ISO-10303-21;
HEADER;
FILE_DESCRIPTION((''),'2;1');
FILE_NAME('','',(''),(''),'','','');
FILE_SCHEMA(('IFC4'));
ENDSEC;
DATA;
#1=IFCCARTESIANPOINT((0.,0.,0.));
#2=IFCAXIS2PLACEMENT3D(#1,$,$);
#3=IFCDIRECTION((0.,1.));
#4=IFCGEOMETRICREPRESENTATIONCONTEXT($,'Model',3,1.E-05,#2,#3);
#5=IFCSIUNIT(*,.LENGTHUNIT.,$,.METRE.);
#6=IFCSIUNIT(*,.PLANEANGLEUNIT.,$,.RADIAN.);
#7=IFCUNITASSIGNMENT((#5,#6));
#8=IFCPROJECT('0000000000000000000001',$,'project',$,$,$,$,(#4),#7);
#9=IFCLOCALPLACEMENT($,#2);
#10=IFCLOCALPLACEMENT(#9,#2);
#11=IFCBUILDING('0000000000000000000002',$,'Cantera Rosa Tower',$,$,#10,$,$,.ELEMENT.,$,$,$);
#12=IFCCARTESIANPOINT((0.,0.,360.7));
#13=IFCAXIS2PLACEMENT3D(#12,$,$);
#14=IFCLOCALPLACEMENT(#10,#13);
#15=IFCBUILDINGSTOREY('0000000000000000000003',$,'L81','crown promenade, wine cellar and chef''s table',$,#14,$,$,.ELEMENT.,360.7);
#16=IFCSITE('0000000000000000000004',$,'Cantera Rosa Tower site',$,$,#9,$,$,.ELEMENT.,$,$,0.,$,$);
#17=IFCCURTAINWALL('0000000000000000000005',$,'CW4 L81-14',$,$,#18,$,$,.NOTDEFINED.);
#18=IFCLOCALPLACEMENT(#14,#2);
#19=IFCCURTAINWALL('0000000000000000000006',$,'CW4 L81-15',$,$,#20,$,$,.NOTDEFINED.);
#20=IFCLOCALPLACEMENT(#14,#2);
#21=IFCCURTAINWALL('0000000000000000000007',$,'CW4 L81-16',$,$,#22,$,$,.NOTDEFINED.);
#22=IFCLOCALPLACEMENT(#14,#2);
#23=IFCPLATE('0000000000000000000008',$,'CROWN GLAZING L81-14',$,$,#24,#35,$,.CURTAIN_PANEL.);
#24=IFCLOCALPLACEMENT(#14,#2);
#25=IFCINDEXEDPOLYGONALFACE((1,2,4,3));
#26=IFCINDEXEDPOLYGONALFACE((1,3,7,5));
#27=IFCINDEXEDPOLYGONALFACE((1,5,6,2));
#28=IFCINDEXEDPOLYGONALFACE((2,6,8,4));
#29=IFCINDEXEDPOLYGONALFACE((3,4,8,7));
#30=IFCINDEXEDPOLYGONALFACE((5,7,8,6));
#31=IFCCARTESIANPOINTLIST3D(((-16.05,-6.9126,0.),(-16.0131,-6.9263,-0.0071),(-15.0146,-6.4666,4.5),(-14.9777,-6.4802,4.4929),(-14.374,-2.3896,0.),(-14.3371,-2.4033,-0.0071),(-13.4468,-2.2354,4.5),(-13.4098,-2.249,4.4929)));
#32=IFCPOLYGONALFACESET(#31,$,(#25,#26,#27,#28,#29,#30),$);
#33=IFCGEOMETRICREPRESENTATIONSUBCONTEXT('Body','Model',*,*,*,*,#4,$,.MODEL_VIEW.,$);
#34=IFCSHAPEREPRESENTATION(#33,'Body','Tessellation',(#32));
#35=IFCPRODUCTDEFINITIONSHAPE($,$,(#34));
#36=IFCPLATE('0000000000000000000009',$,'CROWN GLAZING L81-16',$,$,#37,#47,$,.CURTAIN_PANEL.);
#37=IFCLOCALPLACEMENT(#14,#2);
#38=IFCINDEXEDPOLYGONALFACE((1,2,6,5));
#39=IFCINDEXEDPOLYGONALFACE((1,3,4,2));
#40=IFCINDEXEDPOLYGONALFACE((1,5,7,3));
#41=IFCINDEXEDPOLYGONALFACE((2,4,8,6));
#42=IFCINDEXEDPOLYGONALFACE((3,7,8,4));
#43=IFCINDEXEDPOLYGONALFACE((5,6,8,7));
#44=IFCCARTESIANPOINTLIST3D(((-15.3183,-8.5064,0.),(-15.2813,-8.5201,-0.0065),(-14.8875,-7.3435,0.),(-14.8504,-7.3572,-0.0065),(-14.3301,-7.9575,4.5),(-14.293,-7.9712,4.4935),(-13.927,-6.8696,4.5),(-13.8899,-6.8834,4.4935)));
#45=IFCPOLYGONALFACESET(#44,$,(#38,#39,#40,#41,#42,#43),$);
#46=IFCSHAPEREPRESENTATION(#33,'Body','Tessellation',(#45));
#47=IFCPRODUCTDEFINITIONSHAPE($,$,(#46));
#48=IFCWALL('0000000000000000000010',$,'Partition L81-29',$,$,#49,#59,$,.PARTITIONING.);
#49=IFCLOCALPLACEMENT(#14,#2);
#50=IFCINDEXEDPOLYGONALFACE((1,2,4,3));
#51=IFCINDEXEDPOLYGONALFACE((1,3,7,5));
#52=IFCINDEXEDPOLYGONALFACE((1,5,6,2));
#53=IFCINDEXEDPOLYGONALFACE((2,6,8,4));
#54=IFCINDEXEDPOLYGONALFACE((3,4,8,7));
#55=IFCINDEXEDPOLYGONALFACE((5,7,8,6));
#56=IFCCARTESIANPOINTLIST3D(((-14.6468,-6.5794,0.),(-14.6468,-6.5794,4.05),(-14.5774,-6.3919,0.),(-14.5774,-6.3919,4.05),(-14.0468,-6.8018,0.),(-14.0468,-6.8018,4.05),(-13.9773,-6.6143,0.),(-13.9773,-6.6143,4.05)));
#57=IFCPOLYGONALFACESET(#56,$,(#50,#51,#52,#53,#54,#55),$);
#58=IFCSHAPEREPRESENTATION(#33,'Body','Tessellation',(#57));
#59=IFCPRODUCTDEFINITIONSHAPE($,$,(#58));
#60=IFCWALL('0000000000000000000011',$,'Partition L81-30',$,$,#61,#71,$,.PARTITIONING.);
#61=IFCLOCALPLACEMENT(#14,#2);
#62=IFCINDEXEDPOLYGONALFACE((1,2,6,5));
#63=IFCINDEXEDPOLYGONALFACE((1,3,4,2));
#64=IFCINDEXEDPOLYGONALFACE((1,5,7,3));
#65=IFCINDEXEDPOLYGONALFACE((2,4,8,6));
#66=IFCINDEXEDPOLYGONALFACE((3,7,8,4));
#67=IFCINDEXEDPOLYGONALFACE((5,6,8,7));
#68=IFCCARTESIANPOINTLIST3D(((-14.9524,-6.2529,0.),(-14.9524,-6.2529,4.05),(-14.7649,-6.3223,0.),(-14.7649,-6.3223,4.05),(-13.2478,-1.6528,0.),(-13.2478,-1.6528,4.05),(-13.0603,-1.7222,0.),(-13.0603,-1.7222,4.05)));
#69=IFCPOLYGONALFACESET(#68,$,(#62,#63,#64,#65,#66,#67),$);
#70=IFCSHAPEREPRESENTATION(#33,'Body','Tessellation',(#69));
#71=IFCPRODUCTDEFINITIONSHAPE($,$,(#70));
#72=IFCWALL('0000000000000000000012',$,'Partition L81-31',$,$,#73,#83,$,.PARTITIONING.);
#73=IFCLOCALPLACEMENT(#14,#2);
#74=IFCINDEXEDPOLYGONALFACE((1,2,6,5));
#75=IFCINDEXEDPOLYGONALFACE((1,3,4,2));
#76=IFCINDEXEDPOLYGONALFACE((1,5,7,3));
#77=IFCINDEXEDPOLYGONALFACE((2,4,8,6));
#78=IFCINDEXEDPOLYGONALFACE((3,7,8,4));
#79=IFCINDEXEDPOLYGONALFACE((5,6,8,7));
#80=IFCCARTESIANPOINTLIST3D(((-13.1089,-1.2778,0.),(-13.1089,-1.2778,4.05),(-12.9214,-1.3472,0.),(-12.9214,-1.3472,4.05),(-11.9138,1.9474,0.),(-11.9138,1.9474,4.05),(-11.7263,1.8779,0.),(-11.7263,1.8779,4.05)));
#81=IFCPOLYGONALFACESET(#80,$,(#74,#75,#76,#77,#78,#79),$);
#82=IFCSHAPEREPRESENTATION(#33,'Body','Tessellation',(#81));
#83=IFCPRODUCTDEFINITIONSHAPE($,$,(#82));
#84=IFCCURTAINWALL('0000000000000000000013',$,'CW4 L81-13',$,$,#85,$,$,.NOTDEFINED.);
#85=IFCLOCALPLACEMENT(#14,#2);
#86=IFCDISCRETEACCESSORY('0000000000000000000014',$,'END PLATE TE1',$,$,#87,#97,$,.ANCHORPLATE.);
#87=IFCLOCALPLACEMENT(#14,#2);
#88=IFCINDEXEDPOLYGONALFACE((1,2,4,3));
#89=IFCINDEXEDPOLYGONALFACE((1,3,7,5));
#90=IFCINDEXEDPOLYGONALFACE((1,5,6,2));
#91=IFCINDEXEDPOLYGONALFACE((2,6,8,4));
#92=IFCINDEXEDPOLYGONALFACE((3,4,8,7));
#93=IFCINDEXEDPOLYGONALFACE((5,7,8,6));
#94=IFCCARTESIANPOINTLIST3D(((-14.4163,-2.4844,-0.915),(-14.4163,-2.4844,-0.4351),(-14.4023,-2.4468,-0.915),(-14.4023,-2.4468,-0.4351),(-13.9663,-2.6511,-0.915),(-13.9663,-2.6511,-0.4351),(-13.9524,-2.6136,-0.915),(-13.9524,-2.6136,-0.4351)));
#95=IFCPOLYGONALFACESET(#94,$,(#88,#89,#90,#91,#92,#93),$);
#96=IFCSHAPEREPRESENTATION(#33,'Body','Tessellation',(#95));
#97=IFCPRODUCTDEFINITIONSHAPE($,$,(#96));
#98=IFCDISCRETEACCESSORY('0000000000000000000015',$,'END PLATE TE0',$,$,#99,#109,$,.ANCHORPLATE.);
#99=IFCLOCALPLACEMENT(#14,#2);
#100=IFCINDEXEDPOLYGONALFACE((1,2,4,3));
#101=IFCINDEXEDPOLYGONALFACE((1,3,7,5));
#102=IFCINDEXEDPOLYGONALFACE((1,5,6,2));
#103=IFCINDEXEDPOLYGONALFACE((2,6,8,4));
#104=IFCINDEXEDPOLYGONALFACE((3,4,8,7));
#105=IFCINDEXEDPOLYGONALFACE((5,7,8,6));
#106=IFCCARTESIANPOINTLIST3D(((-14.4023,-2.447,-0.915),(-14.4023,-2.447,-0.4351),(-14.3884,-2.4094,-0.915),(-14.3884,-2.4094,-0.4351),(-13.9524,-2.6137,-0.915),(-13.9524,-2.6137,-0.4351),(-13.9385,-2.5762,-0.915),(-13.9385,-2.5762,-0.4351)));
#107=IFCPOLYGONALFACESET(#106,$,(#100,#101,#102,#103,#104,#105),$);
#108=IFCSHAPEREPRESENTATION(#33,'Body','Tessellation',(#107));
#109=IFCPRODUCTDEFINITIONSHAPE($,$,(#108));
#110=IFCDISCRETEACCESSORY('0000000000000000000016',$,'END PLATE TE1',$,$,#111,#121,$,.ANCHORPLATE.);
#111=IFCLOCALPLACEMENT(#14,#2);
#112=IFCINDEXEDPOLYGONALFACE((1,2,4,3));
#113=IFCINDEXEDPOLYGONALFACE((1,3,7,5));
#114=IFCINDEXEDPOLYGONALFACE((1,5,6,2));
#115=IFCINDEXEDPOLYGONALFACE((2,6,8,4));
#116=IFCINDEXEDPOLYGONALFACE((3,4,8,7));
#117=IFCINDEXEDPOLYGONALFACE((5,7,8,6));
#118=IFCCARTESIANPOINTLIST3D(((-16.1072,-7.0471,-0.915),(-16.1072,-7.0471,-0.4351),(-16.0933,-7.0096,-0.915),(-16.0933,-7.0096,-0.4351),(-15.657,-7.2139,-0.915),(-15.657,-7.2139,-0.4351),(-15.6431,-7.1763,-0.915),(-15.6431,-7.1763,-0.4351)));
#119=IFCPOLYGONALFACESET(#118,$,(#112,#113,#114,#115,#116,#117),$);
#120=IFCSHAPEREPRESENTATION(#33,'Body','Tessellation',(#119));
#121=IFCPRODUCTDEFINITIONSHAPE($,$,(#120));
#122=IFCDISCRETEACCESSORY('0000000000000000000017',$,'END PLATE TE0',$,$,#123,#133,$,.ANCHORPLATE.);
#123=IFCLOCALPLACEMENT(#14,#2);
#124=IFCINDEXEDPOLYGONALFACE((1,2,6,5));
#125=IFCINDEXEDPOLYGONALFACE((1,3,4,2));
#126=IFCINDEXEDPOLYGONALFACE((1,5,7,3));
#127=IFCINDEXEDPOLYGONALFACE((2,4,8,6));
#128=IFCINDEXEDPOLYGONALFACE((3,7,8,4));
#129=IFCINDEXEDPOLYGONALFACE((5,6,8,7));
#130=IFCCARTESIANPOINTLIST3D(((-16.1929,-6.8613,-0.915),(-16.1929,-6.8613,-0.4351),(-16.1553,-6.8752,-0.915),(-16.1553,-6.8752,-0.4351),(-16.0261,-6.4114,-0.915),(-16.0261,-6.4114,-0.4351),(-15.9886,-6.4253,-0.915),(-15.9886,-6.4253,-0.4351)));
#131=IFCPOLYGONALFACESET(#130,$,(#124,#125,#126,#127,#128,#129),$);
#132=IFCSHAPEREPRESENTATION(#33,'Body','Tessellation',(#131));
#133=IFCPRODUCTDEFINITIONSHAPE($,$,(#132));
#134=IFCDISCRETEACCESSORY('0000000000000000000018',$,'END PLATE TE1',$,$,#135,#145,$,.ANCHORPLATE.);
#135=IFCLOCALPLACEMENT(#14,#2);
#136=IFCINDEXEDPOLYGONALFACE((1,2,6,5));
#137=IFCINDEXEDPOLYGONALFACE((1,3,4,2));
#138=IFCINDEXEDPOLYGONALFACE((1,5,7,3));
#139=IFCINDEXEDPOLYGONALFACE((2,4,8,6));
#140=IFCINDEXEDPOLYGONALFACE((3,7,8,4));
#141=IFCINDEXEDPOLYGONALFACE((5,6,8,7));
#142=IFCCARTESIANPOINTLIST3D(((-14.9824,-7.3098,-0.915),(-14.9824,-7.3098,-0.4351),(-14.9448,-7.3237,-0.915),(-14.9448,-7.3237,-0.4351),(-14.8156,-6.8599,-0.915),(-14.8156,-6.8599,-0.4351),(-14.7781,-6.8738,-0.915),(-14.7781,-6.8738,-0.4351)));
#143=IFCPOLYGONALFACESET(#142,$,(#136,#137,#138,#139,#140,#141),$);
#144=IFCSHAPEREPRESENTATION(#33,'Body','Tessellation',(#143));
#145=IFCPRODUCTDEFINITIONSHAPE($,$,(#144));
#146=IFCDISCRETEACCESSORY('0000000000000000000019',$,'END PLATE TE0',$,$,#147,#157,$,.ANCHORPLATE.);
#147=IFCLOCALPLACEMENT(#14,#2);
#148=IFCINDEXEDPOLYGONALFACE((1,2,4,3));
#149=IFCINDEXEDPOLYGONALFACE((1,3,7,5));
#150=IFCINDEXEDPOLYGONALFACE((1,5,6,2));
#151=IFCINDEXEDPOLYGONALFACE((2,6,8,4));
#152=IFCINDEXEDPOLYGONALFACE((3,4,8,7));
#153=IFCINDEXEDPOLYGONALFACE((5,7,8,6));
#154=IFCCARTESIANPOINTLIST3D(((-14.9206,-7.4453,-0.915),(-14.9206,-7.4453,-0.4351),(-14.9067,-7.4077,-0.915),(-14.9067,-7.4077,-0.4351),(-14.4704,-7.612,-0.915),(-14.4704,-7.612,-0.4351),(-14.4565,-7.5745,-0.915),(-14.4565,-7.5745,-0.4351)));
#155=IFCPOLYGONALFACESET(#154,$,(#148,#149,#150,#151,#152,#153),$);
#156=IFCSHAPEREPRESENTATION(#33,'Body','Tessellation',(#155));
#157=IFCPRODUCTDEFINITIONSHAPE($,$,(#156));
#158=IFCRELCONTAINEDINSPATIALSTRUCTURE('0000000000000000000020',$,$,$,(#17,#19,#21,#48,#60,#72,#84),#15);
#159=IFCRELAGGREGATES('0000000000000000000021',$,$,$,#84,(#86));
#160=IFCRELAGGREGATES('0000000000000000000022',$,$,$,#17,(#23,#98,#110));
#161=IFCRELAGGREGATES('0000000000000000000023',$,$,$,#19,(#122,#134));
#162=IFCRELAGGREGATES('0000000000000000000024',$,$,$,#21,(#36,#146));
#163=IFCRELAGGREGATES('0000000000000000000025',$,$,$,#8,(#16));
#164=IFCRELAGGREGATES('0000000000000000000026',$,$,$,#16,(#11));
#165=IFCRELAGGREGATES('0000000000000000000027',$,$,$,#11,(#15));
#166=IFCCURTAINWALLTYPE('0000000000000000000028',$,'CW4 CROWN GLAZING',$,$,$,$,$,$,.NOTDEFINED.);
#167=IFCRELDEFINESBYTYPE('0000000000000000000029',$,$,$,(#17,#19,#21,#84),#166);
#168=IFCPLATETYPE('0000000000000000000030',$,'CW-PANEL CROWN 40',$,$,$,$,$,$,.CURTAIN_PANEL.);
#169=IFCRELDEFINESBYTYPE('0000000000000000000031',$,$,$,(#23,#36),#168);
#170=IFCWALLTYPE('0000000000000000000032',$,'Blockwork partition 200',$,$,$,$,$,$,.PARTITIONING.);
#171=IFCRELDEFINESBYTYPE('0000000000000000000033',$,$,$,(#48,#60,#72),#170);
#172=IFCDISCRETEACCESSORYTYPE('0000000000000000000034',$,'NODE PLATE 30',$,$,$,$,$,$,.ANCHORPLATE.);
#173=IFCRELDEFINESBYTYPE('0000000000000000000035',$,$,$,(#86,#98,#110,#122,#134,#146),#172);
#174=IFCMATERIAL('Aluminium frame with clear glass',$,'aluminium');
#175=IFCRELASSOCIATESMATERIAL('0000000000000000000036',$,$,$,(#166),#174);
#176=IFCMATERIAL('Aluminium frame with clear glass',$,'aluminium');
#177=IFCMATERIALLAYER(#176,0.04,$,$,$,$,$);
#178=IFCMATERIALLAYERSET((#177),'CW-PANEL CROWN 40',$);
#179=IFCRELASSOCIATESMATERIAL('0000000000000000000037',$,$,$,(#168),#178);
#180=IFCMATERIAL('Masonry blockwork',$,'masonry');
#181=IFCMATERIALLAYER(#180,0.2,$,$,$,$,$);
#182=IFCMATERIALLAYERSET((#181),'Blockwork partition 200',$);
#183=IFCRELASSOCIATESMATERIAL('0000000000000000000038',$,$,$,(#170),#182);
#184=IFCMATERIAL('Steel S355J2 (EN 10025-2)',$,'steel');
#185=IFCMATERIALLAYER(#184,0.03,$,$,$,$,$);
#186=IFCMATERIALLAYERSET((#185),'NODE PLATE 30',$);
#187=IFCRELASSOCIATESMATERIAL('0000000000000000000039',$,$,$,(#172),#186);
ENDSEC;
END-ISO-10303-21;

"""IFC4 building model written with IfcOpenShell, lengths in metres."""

from ifc_helpers import new_model, si_unit, direction, frame, frame_2d, origin, place, context, subcontext, project, spatial, polyline, rectangle, outline, extrude, material, layer, layer_set, type_object, element, aggregate, save


model = new_model("IFC4")

# Units and contexts
model_context = context("Model", 3, precision=1e-05, world=origin(), true_north=direction((0.0, 1.0)))
body_context = subcontext(model_context, "Body", "Model", "MODEL_VIEW")
ifc_project = project(units=[si_unit("LENGTHUNIT", "METRE"), si_unit("PLANEANGLEUNIT", "RADIAN")], contexts=[model_context])

# Site, building, storey
site_placement = place(None, origin())
site = spatial("IfcSite", under=ifc_project, at=site_placement, Name="Cantera Rosa Tower site", CompositionType="ELEMENT", RefElevation=0.0)
building_placement = place(site_placement, origin())
building = spatial("IfcBuilding", under=site, at=building_placement, Name="Cantera Rosa Tower", CompositionType="ELEMENT")
storey_placement = place(building_placement, frame((0.0, 0.0, 360.7)))
storey = spatial("IfcBuildingStorey", under=building, at=storey_placement, Name="L81", Description="crown promenade, wine cellar and chef's table", CompositionType="ELEMENT", Elevation=360.7)

# Curtain walls
ifc_material_1 = material(Name="Aluminium frame with clear glass", Category="aluminium")
curtain_wall_type = type_object("IfcCurtainWallType", Name="CW4 CROWN GLAZING", PredefinedType="NOTDEFINED", material=ifc_material_1)
curtain_wall_1_placement = place(storey_placement, origin())
curtain_wall_1 = element("IfcCurtainWall", 1, at=curtain_wall_1_placement, inside=storey, type_object=curtain_wall_type, Name="CW4 L81-14", PredefinedType="NOTDEFINED")
curtain_wall_2_placement = place(storey_placement, origin())
curtain_wall_2 = element("IfcCurtainWall", 2, at=curtain_wall_2_placement, inside=storey, type_object=curtain_wall_type, Name="CW4 L81-15", PredefinedType="NOTDEFINED")
curtain_wall_3_placement = place(storey_placement, origin())
curtain_wall_3 = element("IfcCurtainWall", 3, at=curtain_wall_3_placement, inside=storey, type_object=curtain_wall_type, Name="CW4 L81-16", PredefinedType="NOTDEFINED")

# Plates
ifc_material_2 = material(Name="Aluminium frame with clear glass", Category="aluminium")
ifc_layer_1 = layer(ifc_material_2, 0.04)
ifc_layer_set_1 = layer_set([ifc_layer_1], Name="CW-PANEL CROWN 40")
plate_type = type_object("IfcPlateType", Name="CW-PANEL CROWN 40", PredefinedType="CURTAIN_PANEL", material=ifc_layer_set_1)
plate_1_placement = place(storey_placement, frame((-14.374, -2.3896, 0.0), z_axis=(-0.92265, 0.341893, 0.178398), x_axis=(-0.347467, -0.937692, -0.000001)))
plate_1 = element("IfcPlate", 4, at=plate_1_placement, type_object=plate_type, Name="CROWN GLAZING L81-14", PredefinedType="CURTAIN_PANEL", context=body_context, shape_type="SweptSolid", body=[
    extrude(outline(polyline([(0.0, 0.0), (4.8235, 0.0), (4.0455, 4.5734), (-0.4669, 4.5734), (0.0, 0.0)])), origin(), (0.0, 0.0, -1.0), 0.04),
])
plate_2_placement = place(storey_placement, frame((-14.8875, -7.3435, 0.0), z_axis=(-0.925402, 0.342898, 0.161408), x_axis=(-0.347454, -0.937697, -0.000004)))
plate_2 = element("IfcPlate", 5, at=plate_2_placement, type_object=plate_type, Name="CROWN GLAZING L81-16", PredefinedType="CURTAIN_PANEL", context=body_context, shape_type="SweptSolid", body=[
    extrude(outline(polyline([(0.0, 0.0), (1.2401, 0.0), (0.3821, 4.5598), (-0.7781, 4.5598), (0.0, 0.0)])), origin(), (0.0, 0.0, -1.0), 0.04),
])

# Walls
ifc_material_3 = material(Name="Masonry blockwork", Category="masonry")
ifc_layer_2 = layer(ifc_material_3, 0.2)
ifc_layer_set_2 = layer_set([ifc_layer_2], Name="Blockwork partition 200")
wall_type = type_object("IfcWallType", Name="Blockwork partition 200", PredefinedType="PARTITIONING", material=ifc_layer_set_2)
wall_1_placement = place(storey_placement, frame((-14.0122, -6.708, 0.0), z_axis=(0.0, 0.0, 1.0), x_axis=(-0.937671, 0.347526, 0.0)))
element("IfcWall", 6, at=wall_1_placement, inside=storey, type_object=wall_type, Name="Partition L81-29", PredefinedType="PARTITIONING", context=body_context, shape_type="SweptSolid", body=[
    extrude(rectangle(XDim=0.6399, YDim=0.2, at=frame_2d((0.3198, 0.0))), origin(), (0.0, 0.0, 1.0), 4.05),
])
wall_2_placement = place(storey_placement, frame((-14.8586, -6.2876, 0.0), z_axis=(0.0, 0.0, 1.0), x_axis=(0.347467, 0.937692, 0.0)))
element("IfcWall", 7, at=wall_2_placement, inside=storey, type_object=wall_type, Name="Partition L81-30", PredefinedType="PARTITIONING", context=body_context, shape_type="SweptSolid", body=[
    extrude(rectangle(XDim=4.9058, YDim=0.2, at=frame_2d((2.4529, 0.0))), origin(), (0.0, 0.0, 1.0), 4.05),
])
wall_3_placement = place(storey_placement, frame((-13.0151, -1.3125, 0.0), z_axis=(0.0, 0.0, 1.0), x_axis=(0.347465, 0.937693, 0.0)))
element("IfcWall", 8, at=wall_3_placement, inside=storey, type_object=wall_type, Name="Partition L81-31", PredefinedType="PARTITIONING", context=body_context, shape_type="SweptSolid", body=[
    extrude(rectangle(XDim=3.4395, YDim=0.2, at=frame_2d((1.7197, 0.0))), origin(), (0.0, 0.0, 1.0), 4.05),
])

# Curtain wall, discrete accessory
curtain_wall_4_placement = place(storey_placement, origin())
curtain_wall_4 = element("IfcCurtainWall", 9, at=curtain_wall_4_placement, inside=storey, type_object=curtain_wall_type, Name="CW4 L81-13", PredefinedType="NOTDEFINED")
ifc_material_4 = material(Name="Steel S355J2 (EN 10025-2)", Category="steel")
ifc_layer_3 = layer(ifc_material_4, 0.03)
ifc_layer_set_3 = layer_set([ifc_layer_3], Name="NODE PLATE 30")
discrete_accessory_type = type_object("IfcDiscreteAccessoryType", Name="NODE PLATE 30", PredefinedType="ANCHORPLATE", material=ifc_layer_set_3)
discrete_accessory_1_placement = place(storey_placement, frame((-13.9663, -2.6511, -0.4351), z_axis=(-0.347497, -0.937681, 0.0), x_axis=(-0.937681, 0.347497, 0.0)))
discrete_accessory_1 = element("IfcDiscreteAccessory", 10, at=discrete_accessory_1_placement, type_object=discrete_accessory_type, Name="END PLATE TE1", PredefinedType="ANCHORPLATE", context=body_context, shape_type="SweptSolid", body=[
    extrude(outline(polyline([(0.0, 0.0), (0.4799, 0.0), (0.4799, 0.48), (0.0, 0.48), (0.0, 0.0)])), origin(), (0.0, 0.0, -1.0), 0.04),
])
aggregate(curtain_wall_4, [discrete_accessory_1])

# Discrete accessories
discrete_accessory_2_placement = place(storey_placement, frame((-14.3884, -2.4094, -0.4351), z_axis=(0.347497, 0.937681, 0.0), x_axis=(0.937681, -0.347497, 0.0)))
discrete_accessory_2 = element("IfcDiscreteAccessory", 11, at=discrete_accessory_2_placement, type_object=discrete_accessory_type, Name="END PLATE TE0", PredefinedType="ANCHORPLATE", context=body_context, shape_type="SweptSolid", body=[
    extrude(outline(polyline([(0.0, 0.0), (0.4799, 0.0), (0.4799, 0.48), (0.0, 0.48), (0.0, 0.0)])), origin(), (0.0, 0.0, -1.0), 0.04),
])
discrete_accessory_3_placement = place(storey_placement, frame((-15.657, -7.2139, -0.4351), z_axis=(-0.347331, -0.937743, 0.0), x_axis=(-0.937743, 0.347331, 0.0)))
discrete_accessory_3 = element("IfcDiscreteAccessory", 12, at=discrete_accessory_3_placement, type_object=discrete_accessory_type, Name="END PLATE TE1", PredefinedType="ANCHORPLATE", context=body_context, shape_type="SweptSolid", body=[
    extrude(outline(polyline([(0.0, 0.0), (0.4801, 0.0), (0.4801, 0.48), (0.0, 0.48), (0.0, 0.0)])), origin(), (0.0, 0.0, -1.0), 0.04),
])
aggregate(curtain_wall_1, [plate_1, discrete_accessory_2, discrete_accessory_3])
discrete_accessory_4_placement = place(storey_placement, frame((-16.1929, -6.8613, -0.4351), z_axis=(-0.937681, 0.347497, 0.0), x_axis=(0.347497, 0.937681, 0.0)))
discrete_accessory_4 = element("IfcDiscreteAccessory", 13, at=discrete_accessory_4_placement, type_object=discrete_accessory_type, Name="END PLATE TE0", PredefinedType="ANCHORPLATE", context=body_context, shape_type="SweptSolid", body=[
    extrude(outline(polyline([(0.0, 0.0), (0.4799, 0.0), (0.4799, 0.48), (0.0, 0.48), (0.0, 0.0)])), origin(), (0.0, 0.0, -1.0), 0.04),
])
discrete_accessory_5_placement = place(storey_placement, frame((-14.7781, -6.8738, -0.4351), z_axis=(0.937681, -0.347497, 0.0), x_axis=(-0.347497, -0.937681, 0.0)))
discrete_accessory_5 = element("IfcDiscreteAccessory", 14, at=discrete_accessory_5_placement, type_object=discrete_accessory_type, Name="END PLATE TE1", PredefinedType="ANCHORPLATE", context=body_context, shape_type="SweptSolid", body=[
    extrude(outline(polyline([(0.0, 0.0), (0.4799, 0.0), (0.4799, 0.48), (0.0, 0.48), (0.0, 0.0)])), origin(), (0.0, 0.0, -1.0), 0.04),
])
aggregate(curtain_wall_2, [discrete_accessory_4, discrete_accessory_5])
discrete_accessory_6_placement = place(storey_placement, frame((-14.9067, -7.4077, -0.4351), z_axis=(0.347331, 0.937743, 0.0), x_axis=(0.937743, -0.347331, 0.0)))
discrete_accessory_6 = element("IfcDiscreteAccessory", 15, at=discrete_accessory_6_placement, type_object=discrete_accessory_type, Name="END PLATE TE0", PredefinedType="ANCHORPLATE", context=body_context, shape_type="SweptSolid", body=[
    extrude(outline(polyline([(0.0, 0.0), (0.4801, 0.0), (0.4801, 0.48), (0.0, 0.48), (0.0, 0.0)])), origin(), (0.0, 0.0, -1.0), 0.04),
])
aggregate(curtain_wall_3, [plate_2, discrete_accessory_6])

save(model, "model.ifc")
